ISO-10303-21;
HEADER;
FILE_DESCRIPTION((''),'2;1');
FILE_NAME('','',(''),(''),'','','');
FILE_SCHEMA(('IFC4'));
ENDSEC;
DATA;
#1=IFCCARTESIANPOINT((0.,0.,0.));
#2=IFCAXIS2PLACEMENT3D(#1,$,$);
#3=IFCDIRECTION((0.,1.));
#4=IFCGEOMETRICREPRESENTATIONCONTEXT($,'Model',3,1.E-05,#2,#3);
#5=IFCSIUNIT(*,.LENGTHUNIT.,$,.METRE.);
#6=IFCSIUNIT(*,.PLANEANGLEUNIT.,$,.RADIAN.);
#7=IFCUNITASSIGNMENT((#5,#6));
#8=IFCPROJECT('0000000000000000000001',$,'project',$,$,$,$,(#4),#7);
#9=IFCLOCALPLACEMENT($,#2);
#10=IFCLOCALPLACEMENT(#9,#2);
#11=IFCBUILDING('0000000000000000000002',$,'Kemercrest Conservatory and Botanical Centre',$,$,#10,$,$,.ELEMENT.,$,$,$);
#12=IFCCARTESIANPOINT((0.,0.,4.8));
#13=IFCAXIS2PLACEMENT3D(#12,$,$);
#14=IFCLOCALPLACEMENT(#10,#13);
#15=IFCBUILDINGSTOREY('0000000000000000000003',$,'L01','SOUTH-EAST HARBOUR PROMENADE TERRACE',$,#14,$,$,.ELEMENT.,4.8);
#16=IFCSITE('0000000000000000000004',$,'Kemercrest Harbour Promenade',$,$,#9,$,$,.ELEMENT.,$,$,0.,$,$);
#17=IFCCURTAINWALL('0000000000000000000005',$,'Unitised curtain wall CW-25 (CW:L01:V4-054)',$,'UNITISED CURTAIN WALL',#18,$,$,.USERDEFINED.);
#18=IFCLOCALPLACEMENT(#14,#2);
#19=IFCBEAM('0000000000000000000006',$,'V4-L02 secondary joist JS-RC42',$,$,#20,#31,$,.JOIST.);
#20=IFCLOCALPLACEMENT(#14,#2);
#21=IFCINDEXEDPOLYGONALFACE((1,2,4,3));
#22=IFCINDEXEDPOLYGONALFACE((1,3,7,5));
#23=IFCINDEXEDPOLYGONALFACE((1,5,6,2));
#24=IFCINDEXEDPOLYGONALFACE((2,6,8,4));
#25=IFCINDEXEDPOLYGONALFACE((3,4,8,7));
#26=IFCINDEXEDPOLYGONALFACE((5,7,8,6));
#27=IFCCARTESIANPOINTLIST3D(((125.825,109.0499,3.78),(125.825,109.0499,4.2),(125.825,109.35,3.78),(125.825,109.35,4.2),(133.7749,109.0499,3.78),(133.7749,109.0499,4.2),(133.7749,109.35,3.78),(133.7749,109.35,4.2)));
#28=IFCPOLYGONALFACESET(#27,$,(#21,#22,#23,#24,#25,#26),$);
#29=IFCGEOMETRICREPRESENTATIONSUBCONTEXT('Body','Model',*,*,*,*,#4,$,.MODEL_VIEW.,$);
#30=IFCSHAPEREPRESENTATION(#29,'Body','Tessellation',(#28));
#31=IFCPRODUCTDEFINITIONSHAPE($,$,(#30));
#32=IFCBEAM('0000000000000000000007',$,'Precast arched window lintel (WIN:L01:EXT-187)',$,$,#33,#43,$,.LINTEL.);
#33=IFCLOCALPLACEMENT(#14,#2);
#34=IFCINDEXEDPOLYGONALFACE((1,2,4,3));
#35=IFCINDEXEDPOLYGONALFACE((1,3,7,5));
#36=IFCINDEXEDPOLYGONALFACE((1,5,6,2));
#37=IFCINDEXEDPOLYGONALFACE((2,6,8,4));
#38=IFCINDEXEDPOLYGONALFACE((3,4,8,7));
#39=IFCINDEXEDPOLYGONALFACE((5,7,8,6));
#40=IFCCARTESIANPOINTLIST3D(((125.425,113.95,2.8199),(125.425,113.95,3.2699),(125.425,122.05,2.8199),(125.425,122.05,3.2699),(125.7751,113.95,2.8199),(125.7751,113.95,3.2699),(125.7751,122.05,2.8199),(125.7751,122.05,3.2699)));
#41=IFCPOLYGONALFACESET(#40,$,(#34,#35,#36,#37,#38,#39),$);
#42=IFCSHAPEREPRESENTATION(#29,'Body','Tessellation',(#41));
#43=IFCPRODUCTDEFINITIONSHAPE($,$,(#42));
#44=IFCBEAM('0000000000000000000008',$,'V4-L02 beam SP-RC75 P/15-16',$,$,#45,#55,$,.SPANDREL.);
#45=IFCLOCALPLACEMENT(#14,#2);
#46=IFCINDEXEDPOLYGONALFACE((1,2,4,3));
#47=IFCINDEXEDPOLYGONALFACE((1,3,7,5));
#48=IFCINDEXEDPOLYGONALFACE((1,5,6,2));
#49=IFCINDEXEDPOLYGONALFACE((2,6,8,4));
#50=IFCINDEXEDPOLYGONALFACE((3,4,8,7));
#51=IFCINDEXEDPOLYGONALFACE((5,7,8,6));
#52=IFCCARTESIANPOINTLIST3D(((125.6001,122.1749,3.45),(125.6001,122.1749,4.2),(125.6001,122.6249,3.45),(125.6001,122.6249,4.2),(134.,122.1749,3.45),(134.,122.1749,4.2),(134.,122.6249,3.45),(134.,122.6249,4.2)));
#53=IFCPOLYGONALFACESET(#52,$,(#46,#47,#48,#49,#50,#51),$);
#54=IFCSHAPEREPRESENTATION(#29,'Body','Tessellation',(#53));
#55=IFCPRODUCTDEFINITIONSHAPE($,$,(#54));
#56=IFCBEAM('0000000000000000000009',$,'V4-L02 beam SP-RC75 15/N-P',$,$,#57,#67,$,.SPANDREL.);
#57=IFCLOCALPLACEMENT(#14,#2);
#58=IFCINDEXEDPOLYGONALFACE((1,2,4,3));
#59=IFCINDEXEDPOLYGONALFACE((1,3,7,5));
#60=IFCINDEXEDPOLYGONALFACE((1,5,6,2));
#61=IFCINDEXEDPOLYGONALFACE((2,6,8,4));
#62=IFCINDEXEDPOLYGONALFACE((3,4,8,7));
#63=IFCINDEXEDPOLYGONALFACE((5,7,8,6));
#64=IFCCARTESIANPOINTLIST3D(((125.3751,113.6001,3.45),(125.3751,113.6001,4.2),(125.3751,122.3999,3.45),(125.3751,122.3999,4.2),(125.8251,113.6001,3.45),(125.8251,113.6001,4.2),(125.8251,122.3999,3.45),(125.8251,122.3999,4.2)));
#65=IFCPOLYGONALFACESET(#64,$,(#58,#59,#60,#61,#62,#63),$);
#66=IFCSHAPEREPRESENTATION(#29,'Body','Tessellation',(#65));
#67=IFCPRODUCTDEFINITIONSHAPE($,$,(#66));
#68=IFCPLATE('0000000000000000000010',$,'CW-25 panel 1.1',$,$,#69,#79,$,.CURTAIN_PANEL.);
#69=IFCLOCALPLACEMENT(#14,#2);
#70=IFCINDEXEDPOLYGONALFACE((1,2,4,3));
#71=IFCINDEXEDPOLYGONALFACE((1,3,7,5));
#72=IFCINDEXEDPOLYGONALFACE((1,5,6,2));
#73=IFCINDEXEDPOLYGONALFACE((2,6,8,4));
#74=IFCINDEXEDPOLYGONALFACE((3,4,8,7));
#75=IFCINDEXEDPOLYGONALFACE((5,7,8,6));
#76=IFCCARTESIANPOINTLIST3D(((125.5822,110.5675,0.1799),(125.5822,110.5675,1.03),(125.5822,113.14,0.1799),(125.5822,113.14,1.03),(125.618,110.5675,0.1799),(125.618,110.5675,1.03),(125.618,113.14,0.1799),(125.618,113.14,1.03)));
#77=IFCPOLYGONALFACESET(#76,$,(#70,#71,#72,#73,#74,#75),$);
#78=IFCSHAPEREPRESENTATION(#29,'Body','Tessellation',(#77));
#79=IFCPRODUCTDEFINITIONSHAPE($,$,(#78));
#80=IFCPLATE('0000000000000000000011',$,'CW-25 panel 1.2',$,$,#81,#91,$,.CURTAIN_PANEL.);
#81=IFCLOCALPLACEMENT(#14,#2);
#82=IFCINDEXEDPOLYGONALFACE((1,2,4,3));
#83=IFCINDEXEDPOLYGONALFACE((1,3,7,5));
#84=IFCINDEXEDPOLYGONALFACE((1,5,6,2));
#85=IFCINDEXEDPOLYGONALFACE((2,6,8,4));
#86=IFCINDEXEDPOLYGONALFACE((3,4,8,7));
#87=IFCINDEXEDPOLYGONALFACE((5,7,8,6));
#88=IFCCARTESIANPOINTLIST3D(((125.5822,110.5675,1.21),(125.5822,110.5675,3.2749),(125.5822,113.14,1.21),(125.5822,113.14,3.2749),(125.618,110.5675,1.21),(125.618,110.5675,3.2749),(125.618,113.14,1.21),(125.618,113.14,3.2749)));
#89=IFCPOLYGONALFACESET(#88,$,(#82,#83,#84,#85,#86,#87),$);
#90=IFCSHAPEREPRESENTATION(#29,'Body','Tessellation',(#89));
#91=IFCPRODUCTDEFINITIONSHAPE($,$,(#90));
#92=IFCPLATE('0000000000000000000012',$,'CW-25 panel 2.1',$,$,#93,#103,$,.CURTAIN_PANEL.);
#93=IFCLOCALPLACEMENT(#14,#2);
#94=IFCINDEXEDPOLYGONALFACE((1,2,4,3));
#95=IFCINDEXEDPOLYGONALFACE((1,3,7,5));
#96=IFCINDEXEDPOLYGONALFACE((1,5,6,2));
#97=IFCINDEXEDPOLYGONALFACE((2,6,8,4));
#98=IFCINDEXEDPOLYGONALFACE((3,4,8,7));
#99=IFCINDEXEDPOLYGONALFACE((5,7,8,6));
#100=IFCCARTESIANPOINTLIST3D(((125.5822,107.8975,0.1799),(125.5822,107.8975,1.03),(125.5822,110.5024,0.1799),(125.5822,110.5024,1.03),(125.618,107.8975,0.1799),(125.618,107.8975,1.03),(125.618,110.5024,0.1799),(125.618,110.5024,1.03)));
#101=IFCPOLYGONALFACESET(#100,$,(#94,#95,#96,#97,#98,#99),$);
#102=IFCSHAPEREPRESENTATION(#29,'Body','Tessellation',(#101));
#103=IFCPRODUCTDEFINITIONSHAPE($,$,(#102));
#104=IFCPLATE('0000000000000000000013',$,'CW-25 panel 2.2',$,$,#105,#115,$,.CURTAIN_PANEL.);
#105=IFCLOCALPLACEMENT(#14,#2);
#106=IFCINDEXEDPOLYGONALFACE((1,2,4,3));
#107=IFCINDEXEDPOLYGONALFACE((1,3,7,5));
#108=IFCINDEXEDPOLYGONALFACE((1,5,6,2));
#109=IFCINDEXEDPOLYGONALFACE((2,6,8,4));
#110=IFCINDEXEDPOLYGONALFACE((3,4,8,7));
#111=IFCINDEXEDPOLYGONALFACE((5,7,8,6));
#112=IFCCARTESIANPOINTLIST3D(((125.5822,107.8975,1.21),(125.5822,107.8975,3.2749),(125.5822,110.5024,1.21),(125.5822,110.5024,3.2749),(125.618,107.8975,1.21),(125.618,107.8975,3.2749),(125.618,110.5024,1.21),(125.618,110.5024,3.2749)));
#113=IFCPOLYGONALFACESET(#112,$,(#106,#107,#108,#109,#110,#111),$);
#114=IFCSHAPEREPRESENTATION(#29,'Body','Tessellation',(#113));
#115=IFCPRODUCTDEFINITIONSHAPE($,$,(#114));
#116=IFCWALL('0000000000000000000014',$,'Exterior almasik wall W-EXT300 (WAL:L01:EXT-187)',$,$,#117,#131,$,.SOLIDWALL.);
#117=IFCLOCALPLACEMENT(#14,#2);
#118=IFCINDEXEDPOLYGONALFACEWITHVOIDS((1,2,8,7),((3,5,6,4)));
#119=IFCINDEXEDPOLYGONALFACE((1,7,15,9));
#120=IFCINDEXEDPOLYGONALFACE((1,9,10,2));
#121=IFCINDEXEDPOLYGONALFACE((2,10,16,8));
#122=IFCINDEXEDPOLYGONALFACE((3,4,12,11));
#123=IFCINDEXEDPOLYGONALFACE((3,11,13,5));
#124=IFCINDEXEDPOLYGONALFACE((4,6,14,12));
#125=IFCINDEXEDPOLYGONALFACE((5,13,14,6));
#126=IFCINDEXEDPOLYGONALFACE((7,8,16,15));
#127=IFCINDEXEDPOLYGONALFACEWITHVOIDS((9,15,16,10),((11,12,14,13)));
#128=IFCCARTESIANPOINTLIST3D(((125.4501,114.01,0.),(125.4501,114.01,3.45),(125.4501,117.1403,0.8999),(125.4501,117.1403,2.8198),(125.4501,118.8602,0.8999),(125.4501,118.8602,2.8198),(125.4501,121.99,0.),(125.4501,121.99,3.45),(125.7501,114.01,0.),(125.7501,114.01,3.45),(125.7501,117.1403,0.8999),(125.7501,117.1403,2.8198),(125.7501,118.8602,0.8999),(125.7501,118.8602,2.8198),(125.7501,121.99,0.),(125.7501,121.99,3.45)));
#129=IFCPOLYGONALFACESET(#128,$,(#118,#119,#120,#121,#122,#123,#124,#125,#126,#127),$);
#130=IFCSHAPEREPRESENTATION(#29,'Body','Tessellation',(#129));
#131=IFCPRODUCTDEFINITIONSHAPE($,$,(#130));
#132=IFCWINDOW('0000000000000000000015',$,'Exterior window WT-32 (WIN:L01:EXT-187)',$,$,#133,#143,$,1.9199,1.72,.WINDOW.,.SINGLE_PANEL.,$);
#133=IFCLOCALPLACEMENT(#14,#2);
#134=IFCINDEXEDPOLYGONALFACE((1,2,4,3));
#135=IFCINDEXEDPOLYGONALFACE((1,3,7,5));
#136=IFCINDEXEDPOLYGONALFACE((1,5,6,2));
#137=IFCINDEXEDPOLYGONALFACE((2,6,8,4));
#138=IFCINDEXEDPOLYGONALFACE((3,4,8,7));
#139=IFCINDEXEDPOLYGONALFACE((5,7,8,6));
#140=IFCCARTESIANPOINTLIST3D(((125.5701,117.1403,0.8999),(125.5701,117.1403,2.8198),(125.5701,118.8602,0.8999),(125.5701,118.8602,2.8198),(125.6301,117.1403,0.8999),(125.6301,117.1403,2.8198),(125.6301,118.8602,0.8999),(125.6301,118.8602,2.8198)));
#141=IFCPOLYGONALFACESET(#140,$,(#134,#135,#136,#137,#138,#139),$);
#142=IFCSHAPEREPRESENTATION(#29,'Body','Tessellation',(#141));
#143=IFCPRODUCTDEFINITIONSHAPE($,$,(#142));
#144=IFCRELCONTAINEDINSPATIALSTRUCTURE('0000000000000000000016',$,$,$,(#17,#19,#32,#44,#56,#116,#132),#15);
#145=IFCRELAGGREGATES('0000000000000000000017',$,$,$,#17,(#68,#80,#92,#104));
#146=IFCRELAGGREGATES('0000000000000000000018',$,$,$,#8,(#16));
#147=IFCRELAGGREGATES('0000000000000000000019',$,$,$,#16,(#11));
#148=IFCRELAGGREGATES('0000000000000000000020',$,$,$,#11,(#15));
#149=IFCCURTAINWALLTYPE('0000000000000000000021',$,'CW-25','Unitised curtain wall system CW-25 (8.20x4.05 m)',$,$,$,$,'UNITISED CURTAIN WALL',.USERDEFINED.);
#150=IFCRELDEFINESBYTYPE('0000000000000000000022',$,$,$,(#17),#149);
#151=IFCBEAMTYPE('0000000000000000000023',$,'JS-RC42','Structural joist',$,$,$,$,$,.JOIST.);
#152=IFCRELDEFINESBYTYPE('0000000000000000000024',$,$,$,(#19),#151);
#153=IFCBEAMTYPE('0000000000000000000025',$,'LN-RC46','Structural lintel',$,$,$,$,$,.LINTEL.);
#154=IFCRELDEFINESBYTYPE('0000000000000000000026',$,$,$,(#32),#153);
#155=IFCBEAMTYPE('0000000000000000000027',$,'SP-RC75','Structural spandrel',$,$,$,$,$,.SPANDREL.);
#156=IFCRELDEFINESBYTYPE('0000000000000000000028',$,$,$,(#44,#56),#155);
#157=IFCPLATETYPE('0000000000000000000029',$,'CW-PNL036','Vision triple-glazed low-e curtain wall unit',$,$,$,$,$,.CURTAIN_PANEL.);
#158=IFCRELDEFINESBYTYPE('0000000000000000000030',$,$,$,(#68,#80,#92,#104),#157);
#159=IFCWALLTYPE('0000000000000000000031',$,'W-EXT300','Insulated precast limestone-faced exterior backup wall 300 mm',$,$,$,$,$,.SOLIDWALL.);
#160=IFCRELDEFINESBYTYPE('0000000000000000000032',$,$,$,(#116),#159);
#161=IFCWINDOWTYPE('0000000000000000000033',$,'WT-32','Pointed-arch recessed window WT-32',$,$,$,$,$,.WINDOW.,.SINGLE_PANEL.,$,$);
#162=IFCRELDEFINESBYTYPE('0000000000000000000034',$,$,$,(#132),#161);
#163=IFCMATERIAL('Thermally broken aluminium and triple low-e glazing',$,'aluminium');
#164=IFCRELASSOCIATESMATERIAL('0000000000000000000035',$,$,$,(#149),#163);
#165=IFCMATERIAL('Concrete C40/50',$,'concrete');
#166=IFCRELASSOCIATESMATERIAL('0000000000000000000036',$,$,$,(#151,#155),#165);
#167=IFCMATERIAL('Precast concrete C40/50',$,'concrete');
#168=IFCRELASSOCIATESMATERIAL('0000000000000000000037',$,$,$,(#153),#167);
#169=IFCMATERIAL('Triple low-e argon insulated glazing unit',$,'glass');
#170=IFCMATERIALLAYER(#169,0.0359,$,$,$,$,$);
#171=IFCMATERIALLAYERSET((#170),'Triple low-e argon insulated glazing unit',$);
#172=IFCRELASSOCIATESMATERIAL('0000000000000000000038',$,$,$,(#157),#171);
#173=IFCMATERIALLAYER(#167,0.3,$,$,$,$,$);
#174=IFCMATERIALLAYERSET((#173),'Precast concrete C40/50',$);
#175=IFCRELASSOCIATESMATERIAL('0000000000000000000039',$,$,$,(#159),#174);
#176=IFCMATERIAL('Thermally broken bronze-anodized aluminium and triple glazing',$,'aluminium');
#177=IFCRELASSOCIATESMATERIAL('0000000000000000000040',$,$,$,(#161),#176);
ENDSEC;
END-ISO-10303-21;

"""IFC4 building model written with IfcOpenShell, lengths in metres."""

from ifc_helpers import new_model, si_unit, direction, frame, frame_2d, origin, origin_2d, place, context, subcontext, project, spatial, rectangle, extrude, material, layer, layer_set, material_profile, profile_set, type_object, element, fill, aggregate, save


model = new_model("IFC4")

# Units and contexts
model_context = context("Model", 3, precision=1e-05, world=origin(), true_north=direction((0.0, 1.0)))
body_context = subcontext(model_context, "Body", "Model", "MODEL_VIEW")
ifc_project = project(units=[si_unit("LENGTHUNIT", "METRE"), si_unit("PLANEANGLEUNIT", "RADIAN")], contexts=[model_context])

# Site, building, storey
site_placement = place(None, origin())
site = spatial("IfcSite", under=ifc_project, at=site_placement, Name="Kemercrest Harbour Promenade", CompositionType="ELEMENT", RefElevation=0.0)
building_placement = place(site_placement, origin())
building = spatial("IfcBuilding", under=site, at=building_placement, Name="Kemercrest Conservatory and Botanical Centre", CompositionType="ELEMENT")
storey_placement = place(building_placement, frame((0.0, 0.0, 4.8)))
storey = spatial("IfcBuildingStorey", under=building, at=storey_placement, Name="L01", Description="SOUTH-EAST HARBOUR PROMENADE TERRACE", CompositionType="ELEMENT", Elevation=4.8)

# Shared definitions
ifc_material_1 = material(Name="Concrete C40/50", Category="concrete")

# Curtain wall
ifc_material_2 = material(Name="Thermally broken aluminium and triple low-e glazing", Category="aluminium")
curtain_wall_type = type_object("IfcCurtainWallType", Name="CW-25", Description="Unitised curtain wall system CW-25 (8.20x4.05 m)", ElementType="UNITISED CURTAIN WALL", PredefinedType="USERDEFINED", material=ifc_material_2)
curtain_wall_placement = place(storey_placement, origin())
curtain_wall = element("IfcCurtainWall", 1, at=curtain_wall_placement, inside=storey, type_object=curtain_wall_type, Name="Unitised curtain wall CW-25 (CW:L01:V4-054)", ObjectType="UNITISED CURTAIN WALL", PredefinedType="USERDEFINED")

# Beams
ifc_material_profile_1 = material_profile(ifc_material_1, rectangle(XDim=0.3, YDim=0.4199, at=origin_2d()), Name="RC 300x420")
ifc_profile_set_1 = profile_set([ifc_material_profile_1], Name="Concrete C40/50")
beam_type_1 = type_object("IfcBeamType", Name="JS-RC42", Description="Structural joist", PredefinedType="JOIST", material=ifc_profile_set_1)
beam_1_placement = place(storey_placement, frame((125.825, 109.2, 3.99), z_axis=(1.0, 0.0, 0.0), x_axis=(0.0, 1.0, 0.0)))
element("IfcBeam", 2, at=beam_1_placement, inside=storey, type_object=beam_type_1, Name="V4-L02 secondary joist JS-RC42", PredefinedType="JOIST", context=body_context, shape_type="SweptSolid", body=[
    extrude(rectangle(XDim=0.3, YDim=0.4199, at=origin_2d()), origin(), (0.0, 0.0, 1.0), 7.95),
])
ifc_material_3 = material(Name="Precast concrete C40/50", Category="concrete")
ifc_material_profile_2 = material_profile(ifc_material_3, rectangle(XDim=0.3501, YDim=0.45, at=origin_2d()), Name="RC 350x450")
ifc_profile_set_2 = profile_set([ifc_material_profile_2], Name="Precast concrete C40/50")
beam_type_2 = type_object("IfcBeamType", Name="LN-RC46", Description="Structural lintel", PredefinedType="LINTEL", material=ifc_profile_set_2)
beam_2_placement = place(storey_placement, frame((125.6001, 122.05, 3.0449), z_axis=(0.0, -1.0, 0.0), x_axis=(1.0, 0.0, 0.0)))
element("IfcBeam", 3, at=beam_2_placement, inside=storey, type_object=beam_type_2, Name="Precast arched window lintel (WIN:L01:EXT-187)", PredefinedType="LINTEL", context=body_context, shape_type="SweptSolid", body=[
    extrude(rectangle(XDim=0.3501, YDim=0.45, at=origin_2d()), origin(), (0.0, 0.0, 1.0), 8.1001),
])
ifc_material_profile_3 = material_profile(ifc_material_1, rectangle(XDim=0.45, YDim=0.75, at=origin_2d()), Name="RC 450x750")
ifc_profile_set_3 = profile_set([ifc_material_profile_3], Name="Concrete C40/50")
beam_type_3 = type_object("IfcBeamType", Name="SP-RC75", Description="Structural spandrel", PredefinedType="SPANDREL", material=ifc_profile_set_3)
beam_3_placement = place(storey_placement, frame((125.6001, 122.3999, 3.825), z_axis=(1.0, 0.0, 0.0), x_axis=(0.0, 1.0, 0.0)))
element("IfcBeam", 4, at=beam_3_placement, inside=storey, type_object=beam_type_3, Name="V4-L02 beam SP-RC75 P/15-16", PredefinedType="SPANDREL", context=body_context, shape_type="SweptSolid", body=[
    extrude(rectangle(XDim=0.45, YDim=0.75, at=origin_2d()), origin(), (0.0, 0.0, 1.0), 8.3999),
])
beam_4_placement = place(storey_placement, frame((125.6001, 113.6001, 3.825), z_axis=(0.0, 1.0, 0.0), x_axis=(-1.0, 0.0, 0.0)))
element("IfcBeam", 5, at=beam_4_placement, inside=storey, type_object=beam_type_3, Name="V4-L02 beam SP-RC75 15/N-P", PredefinedType="SPANDREL", context=body_context, shape_type="SweptSolid", body=[
    extrude(rectangle(XDim=0.45, YDim=0.75, at=origin_2d()), origin(), (0.0, 0.0, 1.0), 8.7998),
])

# Plates
ifc_material_4 = material(Name="Triple low-e argon insulated glazing unit", Category="glass")
ifc_layer_1 = layer(ifc_material_4, 0.0359)
ifc_layer_set_1 = layer_set([ifc_layer_1], Name="Triple low-e argon insulated glazing unit")
plate_type = type_object("IfcPlateType", Name="CW-PNL036", Description="Vision triple-glazed low-e curtain wall unit", PredefinedType="CURTAIN_PANEL", material=ifc_layer_set_1)
plate_1_placement = place(storey_placement, frame((125.6001, 111.8538, 0.1799), z_axis=(0.0, 0.0, 1.0), x_axis=(0.0, -1.0, 0.0)))
plate_1 = element("IfcPlate", 6, at=plate_1_placement, type_object=plate_type, Name="CW-25 panel 1.1", PredefinedType="CURTAIN_PANEL", context=body_context, shape_type="SweptSolid", body=[
    extrude(rectangle(XDim=2.5725, YDim=0.0359, at=origin_2d()), origin(), (0.0, 0.0, 1.0), 0.8501),
])
plate_2_placement = place(storey_placement, frame((125.6001, 111.8538, 1.21), z_axis=(0.0, 0.0, 1.0), x_axis=(0.0, -1.0, 0.0)))
plate_2 = element("IfcPlate", 7, at=plate_2_placement, type_object=plate_type, Name="CW-25 panel 1.2", PredefinedType="CURTAIN_PANEL", context=body_context, shape_type="SweptSolid", body=[
    extrude(rectangle(XDim=2.5725, YDim=0.0359, at=origin_2d()), origin(), (0.0, 0.0, 1.0), 2.0649),
])
plate_3_placement = place(storey_placement, frame((125.6001, 109.2, 0.1799), z_axis=(0.0, 0.0, 1.0), x_axis=(0.0, -1.0, 0.0)))
plate_3 = element("IfcPlate", 8, at=plate_3_placement, type_object=plate_type, Name="CW-25 panel 2.1", PredefinedType="CURTAIN_PANEL", context=body_context, shape_type="SweptSolid", body=[
    extrude(rectangle(XDim=2.605, YDim=0.0359, at=origin_2d()), origin(), (0.0, 0.0, 1.0), 0.8501),
])
plate_4_placement = place(storey_placement, frame((125.6001, 109.2, 1.21), z_axis=(0.0, 0.0, 1.0), x_axis=(0.0, -1.0, 0.0)))
plate_4 = element("IfcPlate", 9, at=plate_4_placement, type_object=plate_type, Name="CW-25 panel 2.2", PredefinedType="CURTAIN_PANEL", context=body_context, shape_type="SweptSolid", body=[
    extrude(rectangle(XDim=2.605, YDim=0.0359, at=origin_2d()), origin(), (0.0, 0.0, 1.0), 2.0649),
])
aggregate(curtain_wall, [plate_1, plate_2, plate_3, plate_4])

# Wall, opening, window
ifc_layer_2 = layer(ifc_material_3, 0.3)
ifc_layer_set_2 = layer_set([ifc_layer_2], Name="Precast concrete C40/50")
wall_type = type_object("IfcWallType", Name="W-EXT300", Description="Insulated precast limestone-faced exterior backup wall 300 mm", PredefinedType="SOLIDWALL", material=ifc_layer_set_2)
wall_placement = place(storey_placement, frame((125.6001, 121.99, 0.0), z_axis=(0.0, 0.0, 1.0), x_axis=(0.0, -1.0, 0.0)))
wall = element("IfcWall", 10, at=wall_placement, inside=storey, type_object=wall_type, Name="Exterior almasik wall W-EXT300 (WAL:L01:EXT-187)", PredefinedType="SOLIDWALL", context=body_context, shape_type="SweptSolid", body=[
    extrude(rectangle(XDim=7.98, YDim=0.3, at=frame_2d((3.99, 0.0))), origin(), (0.0, 0.0, 1.0), 3.45),
])
opening_placement = place(wall_placement, frame((3.1299, 0.0, 0.8999)))
opening = element("IfcOpeningElement", 11, at=opening_placement, cuts=wall, PredefinedType="OPENING", context=body_context, shape_type="SweptSolid", body=[
    extrude(rectangle(XDim=1.72, YDim=1.9199, at=frame_2d((0.8599, 0.96))), frame((0.0, 0.1602, 0.0), z_axis=(0.0, -1.0, 0.0), x_axis=(1.0, 0.0, 0.0)), (0.0, 0.0, 1.0), 0.3201),
])
ifc_material_5 = material(Name="Thermally broken bronze-anodized aluminium and triple glazing", Category="aluminium")
window_type = type_object("IfcWindowType", Name="WT-32", Description="Pointed-arch recessed window WT-32", PartitioningType="SINGLE_PANEL", PredefinedType="WINDOW", material=ifc_material_5)
window_placement = place(opening_placement, origin())
window = element("IfcWindow", 12, at=window_placement, inside=storey, type_object=window_type, Name="Exterior window WT-32 (WIN:L01:EXT-187)", OverallHeight=1.9199, OverallWidth=1.72, PartitioningType="SINGLE_PANEL", PredefinedType="WINDOW", context=body_context, shape_type="SweptSolid", body=[
    extrude(rectangle(XDim=1.72, YDim=1.9199, at=frame_2d((0.8599, 0.96))), frame((0.0, 0.03, 0.0), z_axis=(0.0, -1.0, 0.0), x_axis=(1.0, 0.0, 0.0)), (0.0, 0.0, 1.0), 0.0601),
])
fill(opening, window)

save(model, "model.ifc")
